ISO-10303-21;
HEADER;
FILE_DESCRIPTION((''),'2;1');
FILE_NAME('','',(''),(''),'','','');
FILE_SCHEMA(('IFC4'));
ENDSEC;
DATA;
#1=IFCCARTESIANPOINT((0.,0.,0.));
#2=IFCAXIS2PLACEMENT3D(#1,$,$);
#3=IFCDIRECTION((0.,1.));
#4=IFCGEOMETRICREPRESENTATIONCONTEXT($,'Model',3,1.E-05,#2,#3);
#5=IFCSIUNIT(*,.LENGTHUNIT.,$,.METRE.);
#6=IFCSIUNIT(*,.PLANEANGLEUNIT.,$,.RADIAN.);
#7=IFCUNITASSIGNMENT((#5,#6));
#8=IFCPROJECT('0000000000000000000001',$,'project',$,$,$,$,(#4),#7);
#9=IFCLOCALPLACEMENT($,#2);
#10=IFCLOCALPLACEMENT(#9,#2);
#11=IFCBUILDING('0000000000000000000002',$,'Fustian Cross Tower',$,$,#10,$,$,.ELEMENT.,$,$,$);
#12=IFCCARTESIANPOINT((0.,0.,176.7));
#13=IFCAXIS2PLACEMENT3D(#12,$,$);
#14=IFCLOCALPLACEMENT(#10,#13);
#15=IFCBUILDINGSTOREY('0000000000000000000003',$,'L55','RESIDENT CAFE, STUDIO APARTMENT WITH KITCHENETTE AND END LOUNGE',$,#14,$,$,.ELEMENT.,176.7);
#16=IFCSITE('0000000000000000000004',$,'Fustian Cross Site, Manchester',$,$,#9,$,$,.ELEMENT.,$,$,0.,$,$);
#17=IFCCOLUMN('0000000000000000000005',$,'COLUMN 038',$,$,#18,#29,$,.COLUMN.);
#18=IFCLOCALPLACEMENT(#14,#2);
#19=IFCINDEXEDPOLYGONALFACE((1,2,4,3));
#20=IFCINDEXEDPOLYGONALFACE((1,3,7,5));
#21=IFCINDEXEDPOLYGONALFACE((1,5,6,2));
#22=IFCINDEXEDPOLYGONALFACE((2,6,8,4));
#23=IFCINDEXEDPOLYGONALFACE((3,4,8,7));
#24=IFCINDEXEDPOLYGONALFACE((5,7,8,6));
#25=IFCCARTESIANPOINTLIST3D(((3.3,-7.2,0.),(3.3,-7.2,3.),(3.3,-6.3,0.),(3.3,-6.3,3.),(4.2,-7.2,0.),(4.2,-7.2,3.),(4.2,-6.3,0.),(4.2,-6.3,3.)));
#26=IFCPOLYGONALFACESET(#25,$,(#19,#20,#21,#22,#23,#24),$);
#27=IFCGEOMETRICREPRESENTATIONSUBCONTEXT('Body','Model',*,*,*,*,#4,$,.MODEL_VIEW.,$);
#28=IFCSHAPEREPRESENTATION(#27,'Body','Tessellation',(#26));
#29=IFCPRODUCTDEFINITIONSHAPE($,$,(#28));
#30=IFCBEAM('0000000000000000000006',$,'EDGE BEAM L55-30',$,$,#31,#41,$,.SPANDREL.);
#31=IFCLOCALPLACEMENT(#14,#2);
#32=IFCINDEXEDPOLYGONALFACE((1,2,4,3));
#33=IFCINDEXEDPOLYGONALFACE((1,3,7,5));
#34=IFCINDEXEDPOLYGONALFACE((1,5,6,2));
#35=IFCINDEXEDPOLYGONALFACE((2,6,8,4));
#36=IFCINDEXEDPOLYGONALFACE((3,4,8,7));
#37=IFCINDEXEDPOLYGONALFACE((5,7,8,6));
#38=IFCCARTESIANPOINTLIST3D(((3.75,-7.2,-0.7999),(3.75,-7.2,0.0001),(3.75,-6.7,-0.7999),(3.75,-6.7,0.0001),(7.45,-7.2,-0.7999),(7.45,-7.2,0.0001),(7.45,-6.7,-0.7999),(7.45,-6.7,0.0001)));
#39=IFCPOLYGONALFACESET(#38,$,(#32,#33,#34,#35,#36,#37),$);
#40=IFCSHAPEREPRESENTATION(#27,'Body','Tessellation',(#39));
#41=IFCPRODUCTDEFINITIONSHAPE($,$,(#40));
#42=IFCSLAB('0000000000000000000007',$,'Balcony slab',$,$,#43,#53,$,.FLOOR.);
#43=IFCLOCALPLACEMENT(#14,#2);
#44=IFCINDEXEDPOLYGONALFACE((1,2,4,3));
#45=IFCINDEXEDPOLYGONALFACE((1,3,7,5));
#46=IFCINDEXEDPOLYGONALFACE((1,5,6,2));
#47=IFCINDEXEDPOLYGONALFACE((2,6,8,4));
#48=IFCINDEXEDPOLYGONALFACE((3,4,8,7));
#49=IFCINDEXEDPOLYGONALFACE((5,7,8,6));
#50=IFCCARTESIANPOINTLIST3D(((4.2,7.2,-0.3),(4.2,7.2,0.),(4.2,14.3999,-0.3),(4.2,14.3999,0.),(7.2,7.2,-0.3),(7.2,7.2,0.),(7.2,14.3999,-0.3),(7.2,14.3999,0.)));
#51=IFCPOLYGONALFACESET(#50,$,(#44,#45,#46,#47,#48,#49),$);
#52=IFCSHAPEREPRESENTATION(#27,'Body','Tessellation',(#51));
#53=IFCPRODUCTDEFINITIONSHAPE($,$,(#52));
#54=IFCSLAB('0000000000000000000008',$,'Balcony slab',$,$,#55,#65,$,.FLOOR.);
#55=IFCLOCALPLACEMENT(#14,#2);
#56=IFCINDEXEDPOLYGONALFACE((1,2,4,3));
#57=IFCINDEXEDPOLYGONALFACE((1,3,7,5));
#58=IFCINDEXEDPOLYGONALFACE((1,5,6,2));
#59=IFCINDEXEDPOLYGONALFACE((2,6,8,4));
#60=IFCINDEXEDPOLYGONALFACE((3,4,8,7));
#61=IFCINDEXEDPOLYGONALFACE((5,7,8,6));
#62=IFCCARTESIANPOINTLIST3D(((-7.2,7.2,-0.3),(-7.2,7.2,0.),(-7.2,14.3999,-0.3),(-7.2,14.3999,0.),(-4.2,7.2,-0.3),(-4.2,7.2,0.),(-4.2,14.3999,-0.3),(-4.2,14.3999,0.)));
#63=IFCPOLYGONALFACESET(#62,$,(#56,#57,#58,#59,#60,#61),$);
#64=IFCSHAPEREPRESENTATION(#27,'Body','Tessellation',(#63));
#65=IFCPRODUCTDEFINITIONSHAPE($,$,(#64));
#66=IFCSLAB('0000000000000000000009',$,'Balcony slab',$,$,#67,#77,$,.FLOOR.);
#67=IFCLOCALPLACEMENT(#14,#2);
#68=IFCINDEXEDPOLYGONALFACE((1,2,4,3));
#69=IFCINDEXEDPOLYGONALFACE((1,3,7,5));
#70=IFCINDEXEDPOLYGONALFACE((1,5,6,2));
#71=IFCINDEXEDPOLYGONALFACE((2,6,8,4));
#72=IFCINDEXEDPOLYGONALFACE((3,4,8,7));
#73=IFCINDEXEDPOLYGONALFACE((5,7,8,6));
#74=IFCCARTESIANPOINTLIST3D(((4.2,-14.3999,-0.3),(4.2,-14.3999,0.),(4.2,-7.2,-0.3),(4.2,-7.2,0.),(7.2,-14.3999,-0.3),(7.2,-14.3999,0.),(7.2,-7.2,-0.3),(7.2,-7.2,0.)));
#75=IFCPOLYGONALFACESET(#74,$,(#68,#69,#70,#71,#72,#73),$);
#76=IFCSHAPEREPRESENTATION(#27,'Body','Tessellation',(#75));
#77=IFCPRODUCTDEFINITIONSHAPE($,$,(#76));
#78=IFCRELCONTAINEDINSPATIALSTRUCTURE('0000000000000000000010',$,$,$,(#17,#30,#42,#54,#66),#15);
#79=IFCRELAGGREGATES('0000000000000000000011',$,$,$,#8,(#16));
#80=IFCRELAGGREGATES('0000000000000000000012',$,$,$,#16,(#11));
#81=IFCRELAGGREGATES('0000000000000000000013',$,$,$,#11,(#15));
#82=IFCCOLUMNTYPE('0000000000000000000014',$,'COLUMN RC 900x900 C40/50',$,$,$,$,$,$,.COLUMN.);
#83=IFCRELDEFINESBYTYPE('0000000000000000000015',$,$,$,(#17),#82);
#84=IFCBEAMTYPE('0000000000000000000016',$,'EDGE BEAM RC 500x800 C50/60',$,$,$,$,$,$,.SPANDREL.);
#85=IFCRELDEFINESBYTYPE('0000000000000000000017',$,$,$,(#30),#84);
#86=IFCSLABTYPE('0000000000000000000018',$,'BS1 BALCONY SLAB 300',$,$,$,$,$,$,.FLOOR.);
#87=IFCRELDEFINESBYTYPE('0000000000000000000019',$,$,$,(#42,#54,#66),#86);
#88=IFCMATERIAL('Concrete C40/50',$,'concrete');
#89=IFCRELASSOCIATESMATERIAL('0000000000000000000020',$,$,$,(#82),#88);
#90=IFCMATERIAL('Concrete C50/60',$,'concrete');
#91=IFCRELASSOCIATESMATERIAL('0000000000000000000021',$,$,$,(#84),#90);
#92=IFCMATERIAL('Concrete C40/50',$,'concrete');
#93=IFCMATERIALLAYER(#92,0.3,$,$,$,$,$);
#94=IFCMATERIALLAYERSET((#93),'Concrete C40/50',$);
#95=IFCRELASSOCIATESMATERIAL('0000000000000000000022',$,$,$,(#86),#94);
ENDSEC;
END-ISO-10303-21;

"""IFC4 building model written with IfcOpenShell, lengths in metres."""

from ifc_helpers import new_model, si_unit, direction, frame, origin, origin_2d, place, context, subcontext, project, spatial, polyline, rectangle, outline, extrude, material, layer, layer_set, material_profile, profile_set, type_object, element, save


model = new_model("IFC4")

# Units and contexts
model_context = context("Model", 3, precision=1e-05, world=origin(), true_north=direction((0.0, 1.0)))
body_context = subcontext(model_context, "Body", "Model", "MODEL_VIEW")
ifc_project = project(units=[si_unit("LENGTHUNIT", "METRE"), si_unit("PLANEANGLEUNIT", "RADIAN")], contexts=[model_context])

# Site, building, storey
site_placement = place(None, origin())
site = spatial("IfcSite", under=ifc_project, at=site_placement, Name="Fustian Cross Site, Manchester", CompositionType="ELEMENT", RefElevation=0.0)
building_placement = place(site_placement, origin())
building = spatial("IfcBuilding", under=site, at=building_placement, Name="Fustian Cross Tower", CompositionType="ELEMENT")
storey_placement = place(building_placement, frame((0.0, 0.0, 176.7)))
storey = spatial("IfcBuildingStorey", under=building, at=storey_placement, Name="L55", Description="RESIDENT CAFE, STUDIO APARTMENT WITH KITCHENETTE AND END LOUNGE", CompositionType="ELEMENT", Elevation=176.7)

# Column
ifc_material_1 = material(Name="Concrete C40/50", Category="concrete")
ifc_material_profile_1 = material_profile(ifc_material_1, rectangle(XDim=0.8999, YDim=0.8999, at=origin_2d()), Name="RC 900x900")
ifc_profile_set_1 = profile_set([ifc_material_profile_1], Name="Concrete C40/50")
column_type = type_object("IfcColumnType", Name="COLUMN RC 900x900 C40/50", PredefinedType="COLUMN", material=ifc_profile_set_1)
column_placement = place(storey_placement, frame((3.75, -6.75, 0.0), z_axis=(0.0, 0.0, 1.0), x_axis=(1.0, 0.0, 0.0)))
element("IfcColumn", 1, at=column_placement, inside=storey, type_object=column_type, Name="COLUMN 038", PredefinedType="COLUMN", context=body_context, shape_type="SweptSolid", body=[
    extrude(rectangle(XDim=0.8999, YDim=0.8999, at=origin_2d()), origin(), (0.0, 0.0, 1.0), 3.0),
])

# Beam
ifc_material_2 = material(Name="Concrete C50/60", Category="concrete")
ifc_material_profile_2 = material_profile(ifc_material_2, rectangle(XDim=0.5, YDim=0.8, at=origin_2d()), Name="RC 500x800")
ifc_profile_set_2 = profile_set([ifc_material_profile_2], Name="Concrete C50/60")
beam_type = type_object("IfcBeamType", Name="EDGE BEAM RC 500x800 C50/60", PredefinedType="SPANDREL", material=ifc_profile_set_2)
beam_placement = place(storey_placement, frame((3.75, -6.95, -0.3999), z_axis=(1.0, 0.0, 0.0), x_axis=(0.0, 1.0, 0.0)))
element("IfcBeam", 2, at=beam_placement, inside=storey, type_object=beam_type, Name="EDGE BEAM L55-30", PredefinedType="SPANDREL", context=body_context, shape_type="SweptSolid", body=[
    extrude(rectangle(XDim=0.5, YDim=0.8, at=origin_2d()), origin(), (0.0, 0.0, 1.0), 3.7),
])

# Slabs
ifc_material_3 = material(Name="Concrete C40/50", Category="concrete")
ifc_layer_1 = layer(ifc_material_3, 0.3)
ifc_layer_set_1 = layer_set([ifc_layer_1], Name="Concrete C40/50")
slab_type_1 = type_object("IfcSlabType", Name="BS1 BALCONY SLAB 300", PredefinedType="FLOOR", material=ifc_layer_set_1)
slab_1_placement = place(storey_placement, frame((0.0, 0.0, -0.3)))
element("IfcSlab", 3, at=slab_1_placement, inside=storey, type_object=slab_type_1, Name="Balcony slab", PredefinedType="FLOOR", context=body_context, shape_type="SweptSolid", body=[
    extrude(outline(polyline([(4.2, 7.2), (7.2, 7.2), (7.2, 14.3999), (4.2, 14.3999), (4.2, 7.2)])), origin(), (0.0, 0.0, 1.0), 0.3),
])
slab_2_placement = place(storey_placement, frame((0.0, 0.0, -0.3)))
element("IfcSlab", 4, at=slab_2_placement, inside=storey, type_object=slab_type_1, Name="Balcony slab", PredefinedType="FLOOR", context=body_context, shape_type="SweptSolid", body=[
    extrude(outline(polyline([(-7.2, 7.2), (-4.2, 7.2), (-4.2, 14.3999), (-7.2, 14.3999), (-7.2, 7.2)])), origin(), (0.0, 0.0, 1.0), 0.3),
])
slab_3_placement = place(storey_placement, frame((0.0, 0.0, -0.3)))
element("IfcSlab", 5, at=slab_3_placement, inside=storey, type_object=slab_type_1, Name="Balcony slab", PredefinedType="FLOOR", context=body_context, shape_type="SweptSolid", body=[
    extrude(outline(polyline([(4.2, -14.3999), (7.2, -14.3999), (7.2, -7.2), (4.2, -7.2), (4.2, -14.3999)])), origin(), (0.0, 0.0, 1.0), 0.3),
])

save(model, "model.ifc")
